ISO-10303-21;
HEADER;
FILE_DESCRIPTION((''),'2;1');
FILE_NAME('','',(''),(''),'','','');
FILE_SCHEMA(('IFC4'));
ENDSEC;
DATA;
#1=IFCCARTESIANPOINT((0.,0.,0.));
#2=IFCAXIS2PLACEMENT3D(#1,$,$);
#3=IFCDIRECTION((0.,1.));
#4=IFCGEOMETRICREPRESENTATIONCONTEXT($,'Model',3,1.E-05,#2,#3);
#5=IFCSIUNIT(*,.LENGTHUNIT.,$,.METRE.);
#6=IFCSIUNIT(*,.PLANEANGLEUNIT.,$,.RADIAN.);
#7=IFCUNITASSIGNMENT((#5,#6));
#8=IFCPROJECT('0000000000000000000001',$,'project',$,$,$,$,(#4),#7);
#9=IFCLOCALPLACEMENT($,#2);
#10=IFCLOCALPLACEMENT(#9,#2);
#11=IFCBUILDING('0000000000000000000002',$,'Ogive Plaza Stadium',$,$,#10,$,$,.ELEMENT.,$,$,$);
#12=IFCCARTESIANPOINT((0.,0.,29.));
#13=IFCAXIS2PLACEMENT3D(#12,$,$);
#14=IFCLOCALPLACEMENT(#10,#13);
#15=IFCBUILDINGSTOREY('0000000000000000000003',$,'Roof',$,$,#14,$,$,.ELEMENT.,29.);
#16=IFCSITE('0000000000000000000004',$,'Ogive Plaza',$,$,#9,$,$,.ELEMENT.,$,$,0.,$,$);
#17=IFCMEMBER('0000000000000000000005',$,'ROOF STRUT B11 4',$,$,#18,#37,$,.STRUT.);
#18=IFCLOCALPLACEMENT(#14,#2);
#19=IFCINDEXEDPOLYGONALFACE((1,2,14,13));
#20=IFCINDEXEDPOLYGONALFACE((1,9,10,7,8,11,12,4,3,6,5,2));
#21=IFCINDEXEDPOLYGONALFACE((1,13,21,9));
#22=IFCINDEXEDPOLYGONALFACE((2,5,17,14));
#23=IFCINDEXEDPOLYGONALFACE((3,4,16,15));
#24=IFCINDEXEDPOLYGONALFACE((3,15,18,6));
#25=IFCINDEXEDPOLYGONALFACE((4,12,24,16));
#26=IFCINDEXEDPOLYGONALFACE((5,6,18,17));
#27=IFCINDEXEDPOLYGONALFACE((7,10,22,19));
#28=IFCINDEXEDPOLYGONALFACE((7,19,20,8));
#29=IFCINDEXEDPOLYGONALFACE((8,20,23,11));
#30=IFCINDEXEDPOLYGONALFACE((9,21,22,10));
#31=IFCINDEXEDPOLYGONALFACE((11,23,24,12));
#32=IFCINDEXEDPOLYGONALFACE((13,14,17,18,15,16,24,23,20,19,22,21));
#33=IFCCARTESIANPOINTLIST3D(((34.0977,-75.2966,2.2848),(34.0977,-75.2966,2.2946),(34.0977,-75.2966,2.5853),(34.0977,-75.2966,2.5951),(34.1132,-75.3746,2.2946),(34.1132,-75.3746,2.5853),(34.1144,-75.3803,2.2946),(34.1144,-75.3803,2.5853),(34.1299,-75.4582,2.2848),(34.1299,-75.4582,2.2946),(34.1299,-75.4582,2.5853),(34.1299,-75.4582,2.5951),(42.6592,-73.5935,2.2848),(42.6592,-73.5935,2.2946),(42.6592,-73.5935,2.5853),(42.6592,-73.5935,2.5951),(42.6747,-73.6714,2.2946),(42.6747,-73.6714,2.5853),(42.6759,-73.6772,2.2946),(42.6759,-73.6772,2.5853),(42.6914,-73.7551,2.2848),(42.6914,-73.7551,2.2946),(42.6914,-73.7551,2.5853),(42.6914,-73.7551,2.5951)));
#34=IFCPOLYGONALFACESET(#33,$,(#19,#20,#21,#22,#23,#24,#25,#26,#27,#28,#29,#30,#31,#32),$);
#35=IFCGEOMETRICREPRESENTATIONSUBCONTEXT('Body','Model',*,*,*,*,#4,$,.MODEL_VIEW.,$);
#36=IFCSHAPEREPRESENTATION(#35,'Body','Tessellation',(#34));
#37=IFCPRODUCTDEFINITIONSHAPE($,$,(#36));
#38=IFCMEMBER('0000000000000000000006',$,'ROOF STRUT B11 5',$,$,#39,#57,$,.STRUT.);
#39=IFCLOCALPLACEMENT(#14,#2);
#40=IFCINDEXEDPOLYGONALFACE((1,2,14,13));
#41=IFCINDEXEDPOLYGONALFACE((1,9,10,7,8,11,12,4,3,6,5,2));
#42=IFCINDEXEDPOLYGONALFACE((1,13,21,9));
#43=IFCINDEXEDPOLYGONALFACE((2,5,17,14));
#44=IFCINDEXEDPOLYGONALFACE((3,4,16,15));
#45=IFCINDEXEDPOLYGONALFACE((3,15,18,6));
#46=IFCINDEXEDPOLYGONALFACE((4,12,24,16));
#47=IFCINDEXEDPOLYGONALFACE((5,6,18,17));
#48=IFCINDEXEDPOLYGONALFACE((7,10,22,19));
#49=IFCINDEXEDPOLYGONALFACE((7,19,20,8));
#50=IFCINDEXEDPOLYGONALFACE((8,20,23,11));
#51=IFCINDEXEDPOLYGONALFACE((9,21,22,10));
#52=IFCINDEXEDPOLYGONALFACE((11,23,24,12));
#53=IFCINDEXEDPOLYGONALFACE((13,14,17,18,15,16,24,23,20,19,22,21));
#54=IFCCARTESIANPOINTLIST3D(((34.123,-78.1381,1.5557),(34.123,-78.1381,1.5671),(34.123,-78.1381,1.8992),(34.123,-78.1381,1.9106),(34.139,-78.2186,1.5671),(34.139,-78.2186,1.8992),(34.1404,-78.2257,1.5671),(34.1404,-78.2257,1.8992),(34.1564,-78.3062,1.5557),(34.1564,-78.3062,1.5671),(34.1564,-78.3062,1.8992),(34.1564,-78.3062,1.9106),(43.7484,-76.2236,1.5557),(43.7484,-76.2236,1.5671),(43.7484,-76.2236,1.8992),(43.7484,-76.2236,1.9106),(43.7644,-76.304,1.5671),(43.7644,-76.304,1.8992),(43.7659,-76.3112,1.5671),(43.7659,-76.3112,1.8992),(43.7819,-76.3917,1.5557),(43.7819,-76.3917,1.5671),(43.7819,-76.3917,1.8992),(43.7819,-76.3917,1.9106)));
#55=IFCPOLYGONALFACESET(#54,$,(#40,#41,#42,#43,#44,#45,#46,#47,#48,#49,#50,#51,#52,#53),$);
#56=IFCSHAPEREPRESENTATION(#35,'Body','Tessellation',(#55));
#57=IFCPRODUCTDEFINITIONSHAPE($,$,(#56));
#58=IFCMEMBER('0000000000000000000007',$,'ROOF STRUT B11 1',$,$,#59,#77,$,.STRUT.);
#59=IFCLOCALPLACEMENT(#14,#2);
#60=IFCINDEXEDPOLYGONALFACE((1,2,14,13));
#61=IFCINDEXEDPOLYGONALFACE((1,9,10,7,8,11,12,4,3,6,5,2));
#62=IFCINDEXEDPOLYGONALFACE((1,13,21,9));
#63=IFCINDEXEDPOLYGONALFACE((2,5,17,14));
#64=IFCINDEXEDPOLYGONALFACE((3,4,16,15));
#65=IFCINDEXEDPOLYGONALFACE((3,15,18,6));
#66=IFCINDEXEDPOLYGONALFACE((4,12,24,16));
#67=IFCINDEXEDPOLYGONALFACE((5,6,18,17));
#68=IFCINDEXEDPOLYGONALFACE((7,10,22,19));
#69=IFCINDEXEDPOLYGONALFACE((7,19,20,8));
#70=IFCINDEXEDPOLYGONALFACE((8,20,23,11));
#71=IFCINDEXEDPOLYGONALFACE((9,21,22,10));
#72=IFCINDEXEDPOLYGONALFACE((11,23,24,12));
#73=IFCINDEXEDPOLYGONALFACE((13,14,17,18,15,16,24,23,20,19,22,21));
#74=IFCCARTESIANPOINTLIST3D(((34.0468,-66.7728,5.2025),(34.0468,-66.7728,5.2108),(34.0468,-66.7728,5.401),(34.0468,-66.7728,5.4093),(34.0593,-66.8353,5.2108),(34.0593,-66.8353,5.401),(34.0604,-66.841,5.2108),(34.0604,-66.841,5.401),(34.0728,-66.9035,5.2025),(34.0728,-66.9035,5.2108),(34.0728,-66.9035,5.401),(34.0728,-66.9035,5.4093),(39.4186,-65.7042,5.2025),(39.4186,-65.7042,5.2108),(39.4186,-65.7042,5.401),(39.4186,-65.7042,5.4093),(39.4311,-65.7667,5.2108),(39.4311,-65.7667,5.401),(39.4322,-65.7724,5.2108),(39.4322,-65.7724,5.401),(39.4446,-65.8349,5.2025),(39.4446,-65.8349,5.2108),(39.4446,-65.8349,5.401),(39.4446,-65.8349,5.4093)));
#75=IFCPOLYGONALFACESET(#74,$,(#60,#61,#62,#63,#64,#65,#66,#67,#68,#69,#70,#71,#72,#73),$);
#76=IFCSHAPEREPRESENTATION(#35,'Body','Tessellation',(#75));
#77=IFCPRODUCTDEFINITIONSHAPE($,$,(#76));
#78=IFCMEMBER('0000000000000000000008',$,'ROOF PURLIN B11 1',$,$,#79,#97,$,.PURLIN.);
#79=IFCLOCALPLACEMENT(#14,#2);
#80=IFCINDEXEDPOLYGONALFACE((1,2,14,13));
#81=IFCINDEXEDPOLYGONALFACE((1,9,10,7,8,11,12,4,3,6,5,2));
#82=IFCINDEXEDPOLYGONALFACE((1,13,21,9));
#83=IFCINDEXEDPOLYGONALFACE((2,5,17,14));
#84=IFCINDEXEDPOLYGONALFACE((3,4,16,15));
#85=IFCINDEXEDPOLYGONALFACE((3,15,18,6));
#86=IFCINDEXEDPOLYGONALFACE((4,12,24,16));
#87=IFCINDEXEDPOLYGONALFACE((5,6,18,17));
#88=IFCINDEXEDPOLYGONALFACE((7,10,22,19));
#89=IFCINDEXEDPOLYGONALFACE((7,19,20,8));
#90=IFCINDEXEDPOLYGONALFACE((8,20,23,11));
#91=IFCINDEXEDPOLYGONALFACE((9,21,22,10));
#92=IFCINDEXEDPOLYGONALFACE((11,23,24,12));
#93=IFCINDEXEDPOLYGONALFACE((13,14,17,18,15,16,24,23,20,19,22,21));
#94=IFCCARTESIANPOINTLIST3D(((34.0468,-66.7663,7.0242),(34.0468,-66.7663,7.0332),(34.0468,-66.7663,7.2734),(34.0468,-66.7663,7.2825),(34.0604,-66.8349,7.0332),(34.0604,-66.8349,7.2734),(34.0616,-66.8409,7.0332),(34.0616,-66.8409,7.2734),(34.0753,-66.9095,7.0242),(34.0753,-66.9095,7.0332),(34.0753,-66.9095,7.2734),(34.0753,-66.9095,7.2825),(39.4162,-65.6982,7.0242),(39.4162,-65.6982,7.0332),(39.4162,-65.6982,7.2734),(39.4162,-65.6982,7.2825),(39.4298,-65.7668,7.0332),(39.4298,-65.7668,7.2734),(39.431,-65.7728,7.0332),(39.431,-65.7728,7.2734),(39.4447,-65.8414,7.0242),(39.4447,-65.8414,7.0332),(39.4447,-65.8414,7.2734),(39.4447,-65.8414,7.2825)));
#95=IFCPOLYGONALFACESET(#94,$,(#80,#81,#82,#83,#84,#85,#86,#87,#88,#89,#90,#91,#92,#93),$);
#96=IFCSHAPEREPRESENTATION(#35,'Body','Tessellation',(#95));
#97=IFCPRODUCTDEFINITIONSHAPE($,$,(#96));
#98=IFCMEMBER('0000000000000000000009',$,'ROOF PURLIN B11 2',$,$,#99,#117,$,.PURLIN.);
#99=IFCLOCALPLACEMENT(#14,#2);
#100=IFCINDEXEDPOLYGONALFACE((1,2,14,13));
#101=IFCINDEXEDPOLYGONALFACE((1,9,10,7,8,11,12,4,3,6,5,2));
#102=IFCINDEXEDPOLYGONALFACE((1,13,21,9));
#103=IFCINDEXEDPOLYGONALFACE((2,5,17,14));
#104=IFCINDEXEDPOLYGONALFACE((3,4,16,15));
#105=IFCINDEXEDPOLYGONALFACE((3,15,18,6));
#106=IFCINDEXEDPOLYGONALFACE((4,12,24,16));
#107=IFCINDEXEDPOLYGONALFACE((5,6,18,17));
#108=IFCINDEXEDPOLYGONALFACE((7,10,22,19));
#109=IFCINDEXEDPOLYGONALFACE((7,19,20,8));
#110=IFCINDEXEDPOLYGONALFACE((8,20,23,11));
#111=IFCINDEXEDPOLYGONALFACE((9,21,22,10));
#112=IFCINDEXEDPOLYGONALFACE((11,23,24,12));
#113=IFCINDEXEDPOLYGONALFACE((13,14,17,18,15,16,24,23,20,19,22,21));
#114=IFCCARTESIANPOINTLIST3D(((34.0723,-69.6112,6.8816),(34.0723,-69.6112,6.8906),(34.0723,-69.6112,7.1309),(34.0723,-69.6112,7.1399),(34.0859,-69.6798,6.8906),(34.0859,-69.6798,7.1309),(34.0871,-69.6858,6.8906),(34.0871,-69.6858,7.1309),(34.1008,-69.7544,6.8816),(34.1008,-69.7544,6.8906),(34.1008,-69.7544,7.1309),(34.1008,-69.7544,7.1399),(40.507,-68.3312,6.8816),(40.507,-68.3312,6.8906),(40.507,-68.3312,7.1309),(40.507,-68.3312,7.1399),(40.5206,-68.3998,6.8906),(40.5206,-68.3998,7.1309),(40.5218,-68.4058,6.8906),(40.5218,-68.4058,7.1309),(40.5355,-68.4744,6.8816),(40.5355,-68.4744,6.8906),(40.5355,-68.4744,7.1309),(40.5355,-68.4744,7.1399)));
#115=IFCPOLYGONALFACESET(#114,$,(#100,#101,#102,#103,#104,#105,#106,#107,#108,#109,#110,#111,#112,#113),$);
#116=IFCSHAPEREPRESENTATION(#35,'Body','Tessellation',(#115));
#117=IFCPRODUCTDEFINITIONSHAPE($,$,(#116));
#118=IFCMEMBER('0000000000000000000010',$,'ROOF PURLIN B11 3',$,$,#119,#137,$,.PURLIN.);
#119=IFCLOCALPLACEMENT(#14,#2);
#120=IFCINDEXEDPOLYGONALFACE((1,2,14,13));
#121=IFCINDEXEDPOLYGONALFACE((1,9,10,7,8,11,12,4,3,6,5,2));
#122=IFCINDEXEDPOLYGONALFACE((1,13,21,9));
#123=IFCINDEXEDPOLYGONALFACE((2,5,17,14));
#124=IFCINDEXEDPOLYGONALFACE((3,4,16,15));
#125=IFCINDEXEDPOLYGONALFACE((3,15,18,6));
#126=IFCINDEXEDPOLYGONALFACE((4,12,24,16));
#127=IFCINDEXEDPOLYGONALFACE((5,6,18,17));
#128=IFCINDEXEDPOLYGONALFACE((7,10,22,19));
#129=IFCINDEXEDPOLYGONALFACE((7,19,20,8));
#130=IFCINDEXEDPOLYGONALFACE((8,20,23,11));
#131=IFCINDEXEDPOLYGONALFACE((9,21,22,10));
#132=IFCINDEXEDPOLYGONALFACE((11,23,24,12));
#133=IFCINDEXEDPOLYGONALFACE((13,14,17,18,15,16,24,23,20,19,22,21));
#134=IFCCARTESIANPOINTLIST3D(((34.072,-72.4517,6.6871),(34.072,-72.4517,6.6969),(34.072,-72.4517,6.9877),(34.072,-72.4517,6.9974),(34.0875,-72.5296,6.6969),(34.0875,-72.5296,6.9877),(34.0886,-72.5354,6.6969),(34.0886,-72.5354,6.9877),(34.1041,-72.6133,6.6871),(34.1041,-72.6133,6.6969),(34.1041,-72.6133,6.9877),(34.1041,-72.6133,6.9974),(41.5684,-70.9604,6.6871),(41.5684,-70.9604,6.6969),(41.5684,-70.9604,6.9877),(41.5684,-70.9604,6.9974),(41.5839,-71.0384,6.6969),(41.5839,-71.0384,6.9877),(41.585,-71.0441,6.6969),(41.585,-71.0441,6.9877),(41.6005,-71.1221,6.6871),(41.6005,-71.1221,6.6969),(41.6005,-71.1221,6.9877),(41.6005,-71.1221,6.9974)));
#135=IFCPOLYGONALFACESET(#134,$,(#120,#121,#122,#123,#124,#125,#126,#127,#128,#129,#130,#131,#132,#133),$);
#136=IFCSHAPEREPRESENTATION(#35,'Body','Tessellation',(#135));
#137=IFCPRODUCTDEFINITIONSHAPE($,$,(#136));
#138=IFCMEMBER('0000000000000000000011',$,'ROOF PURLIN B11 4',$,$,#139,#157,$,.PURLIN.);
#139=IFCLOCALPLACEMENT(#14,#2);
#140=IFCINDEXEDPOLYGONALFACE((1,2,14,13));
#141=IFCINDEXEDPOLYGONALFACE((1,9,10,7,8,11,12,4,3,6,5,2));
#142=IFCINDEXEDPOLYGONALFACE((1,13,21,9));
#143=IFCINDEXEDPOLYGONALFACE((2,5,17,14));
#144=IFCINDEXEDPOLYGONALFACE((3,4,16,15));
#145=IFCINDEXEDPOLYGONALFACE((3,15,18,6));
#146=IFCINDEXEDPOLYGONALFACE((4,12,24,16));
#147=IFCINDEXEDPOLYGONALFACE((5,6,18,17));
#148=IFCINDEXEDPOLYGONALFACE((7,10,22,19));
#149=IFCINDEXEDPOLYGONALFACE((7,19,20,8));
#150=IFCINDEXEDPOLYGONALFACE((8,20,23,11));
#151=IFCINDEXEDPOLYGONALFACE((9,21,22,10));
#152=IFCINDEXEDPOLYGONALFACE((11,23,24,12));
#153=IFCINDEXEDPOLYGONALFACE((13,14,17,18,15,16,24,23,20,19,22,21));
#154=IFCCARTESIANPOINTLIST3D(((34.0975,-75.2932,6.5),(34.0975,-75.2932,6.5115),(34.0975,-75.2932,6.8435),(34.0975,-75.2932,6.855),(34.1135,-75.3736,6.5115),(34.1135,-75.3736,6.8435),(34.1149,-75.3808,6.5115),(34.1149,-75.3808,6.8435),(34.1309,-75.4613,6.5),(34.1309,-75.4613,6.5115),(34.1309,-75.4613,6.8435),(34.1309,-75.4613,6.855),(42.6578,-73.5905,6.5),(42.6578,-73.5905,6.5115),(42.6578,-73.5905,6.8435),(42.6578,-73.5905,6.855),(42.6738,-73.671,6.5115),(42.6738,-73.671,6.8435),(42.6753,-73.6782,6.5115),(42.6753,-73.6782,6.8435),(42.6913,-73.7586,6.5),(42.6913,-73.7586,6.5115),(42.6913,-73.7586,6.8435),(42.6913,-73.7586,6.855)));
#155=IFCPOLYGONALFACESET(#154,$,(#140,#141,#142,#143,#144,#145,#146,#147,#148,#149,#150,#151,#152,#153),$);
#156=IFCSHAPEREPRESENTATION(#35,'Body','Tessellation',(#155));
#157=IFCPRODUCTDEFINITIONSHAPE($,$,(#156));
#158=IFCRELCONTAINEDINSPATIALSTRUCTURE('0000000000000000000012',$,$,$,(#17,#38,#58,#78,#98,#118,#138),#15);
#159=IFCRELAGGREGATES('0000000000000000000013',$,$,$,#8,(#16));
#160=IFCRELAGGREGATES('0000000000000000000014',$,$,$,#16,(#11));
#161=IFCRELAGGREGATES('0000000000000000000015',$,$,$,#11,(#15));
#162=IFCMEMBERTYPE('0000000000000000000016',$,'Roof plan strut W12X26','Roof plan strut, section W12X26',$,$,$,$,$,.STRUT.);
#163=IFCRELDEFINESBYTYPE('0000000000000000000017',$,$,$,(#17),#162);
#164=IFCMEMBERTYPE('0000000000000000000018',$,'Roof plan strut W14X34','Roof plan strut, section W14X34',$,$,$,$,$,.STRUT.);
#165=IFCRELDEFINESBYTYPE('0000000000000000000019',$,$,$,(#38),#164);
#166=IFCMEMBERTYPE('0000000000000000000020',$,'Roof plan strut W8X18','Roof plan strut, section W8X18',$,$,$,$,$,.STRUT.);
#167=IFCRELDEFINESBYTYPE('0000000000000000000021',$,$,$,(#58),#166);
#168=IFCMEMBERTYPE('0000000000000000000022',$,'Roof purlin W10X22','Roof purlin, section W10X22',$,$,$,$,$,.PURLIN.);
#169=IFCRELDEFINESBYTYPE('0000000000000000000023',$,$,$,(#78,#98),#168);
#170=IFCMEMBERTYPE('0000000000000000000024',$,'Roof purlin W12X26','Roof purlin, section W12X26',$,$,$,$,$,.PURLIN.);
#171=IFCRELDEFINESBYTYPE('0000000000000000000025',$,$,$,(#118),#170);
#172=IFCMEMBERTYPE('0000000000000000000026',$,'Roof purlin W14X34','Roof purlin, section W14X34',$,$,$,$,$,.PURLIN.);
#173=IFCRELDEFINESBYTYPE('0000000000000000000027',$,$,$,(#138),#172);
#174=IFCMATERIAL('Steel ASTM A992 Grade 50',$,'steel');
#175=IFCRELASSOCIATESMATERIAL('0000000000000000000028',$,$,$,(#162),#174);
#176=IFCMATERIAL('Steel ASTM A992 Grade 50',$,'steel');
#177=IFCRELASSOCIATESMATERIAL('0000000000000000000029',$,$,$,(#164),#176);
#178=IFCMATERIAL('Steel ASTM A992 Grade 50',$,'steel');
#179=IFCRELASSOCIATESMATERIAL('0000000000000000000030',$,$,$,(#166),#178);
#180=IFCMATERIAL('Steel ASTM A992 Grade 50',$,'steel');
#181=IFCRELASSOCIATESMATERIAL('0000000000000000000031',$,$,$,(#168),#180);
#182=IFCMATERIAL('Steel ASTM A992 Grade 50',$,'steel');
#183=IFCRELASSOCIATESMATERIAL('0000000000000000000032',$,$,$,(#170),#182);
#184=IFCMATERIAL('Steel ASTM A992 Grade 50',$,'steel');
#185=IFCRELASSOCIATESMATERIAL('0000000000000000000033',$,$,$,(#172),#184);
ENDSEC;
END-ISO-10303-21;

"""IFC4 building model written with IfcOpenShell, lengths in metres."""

from ifc_helpers import new_model, si_unit, direction, frame, origin, origin_2d, place, context, subcontext, project, spatial, i_section, extrude, material, material_profile, profile_set, type_object, element, save


model = new_model("IFC4")

# Units and contexts
model_context = context("Model", 3, precision=1e-05, world=origin(), true_north=direction((0.0, 1.0)))
body_context = subcontext(model_context, "Body", "Model", "MODEL_VIEW")
ifc_project = project(units=[si_unit("LENGTHUNIT", "METRE"), si_unit("PLANEANGLEUNIT", "RADIAN")], contexts=[model_context])

# Site, building, storey
site_placement = place(None, origin())
site = spatial("IfcSite", under=ifc_project, at=site_placement, Name="Ogive Plaza", CompositionType="ELEMENT", RefElevation=0.0)
building_placement = place(site_placement, origin())
building = spatial("IfcBuilding", under=site, at=building_placement, Name="Ogive Plaza Stadium", CompositionType="ELEMENT")
storey_placement = place(building_placement, frame((0.0, 0.0, 29.0)))
storey = spatial("IfcBuildingStorey", under=building, at=storey_placement, Name="Roof", CompositionType="ELEMENT", Elevation=29.0)

# Members
ifc_material_1 = material(Name="Steel ASTM A992 Grade 50", Category="steel")
ifc_material_profile_1 = material_profile(ifc_material_1, i_section(OverallWidth=0.1648, OverallDepth=0.3103, WebThickness=0.0059, FlangeThickness=0.0098, at=origin_2d()), Name="W12X26")
ifc_profile_set_1 = profile_set([ifc_material_profile_1], Name="Steel ASTM A992 Grade 50")
member_type_1 = type_object("IfcMemberType", Name="Roof plan strut W12X26", Description="Roof plan strut, section W12X26", PredefinedType="STRUT", material=ifc_profile_set_1)
member_1_placement = place(storey_placement, frame((42.6753, -73.6743, 2.4399), z_axis=(-0.980782, -0.195105, 0.0), x_axis=(0.195105, -0.980782, 0.0)))
element("IfcMember", 1, at=member_1_placement, inside=storey, type_object=member_type_1, Name="ROOF STRUT B11 4", PredefinedType="STRUT", context=body_context, shape_type="SweptSolid", body=[
    extrude(i_section(OverallWidth=0.1648, OverallDepth=0.3103, WebThickness=0.0059, FlangeThickness=0.0098, at=origin_2d()), origin(), (0.0, 0.0, 1.0), 8.7292),
])
ifc_material_2 = material(Name="Steel ASTM A992 Grade 50", Category="steel")
ifc_material_profile_2 = material_profile(ifc_material_2, i_section(OverallWidth=0.1714, OverallDepth=0.355, WebThickness=0.0073, FlangeThickness=0.0115, at=origin_2d()), Name="W14X34")
ifc_profile_set_2 = profile_set([ifc_material_profile_2], Name="Steel ASTM A992 Grade 50")
member_type_2 = type_object("IfcMemberType", Name="Roof plan strut W14X34", Description="Roof plan strut, section W14X34", PredefinedType="STRUT", material=ifc_profile_set_2)
member_2_placement = place(storey_placement, frame((43.7651, -76.3076, 1.7332), z_axis=(-0.980787, -0.195083, 0.0), x_axis=(0.195083, -0.980787, 0.0)))
element("IfcMember", 2, at=member_2_placement, inside=storey, type_object=member_type_2, Name="ROOF STRUT B11 5", PredefinedType="STRUT", context=body_context, shape_type="SweptSolid", body=[
    extrude(i_section(OverallWidth=0.1714, OverallDepth=0.355, WebThickness=0.0073, FlangeThickness=0.0115, at=origin_2d()), origin(), (0.0, 0.0, 1.0), 9.814),
])
ifc_material_3 = material(Name="Steel ASTM A992 Grade 50", Category="steel")
ifc_material_profile_3 = material_profile(ifc_material_3, i_section(OverallWidth=0.1333, OverallDepth=0.2068, WebThickness=0.0059, FlangeThickness=0.0083, at=origin_2d()), Name="W8X18")
ifc_profile_set_3 = profile_set([ifc_material_profile_3], Name="Steel ASTM A992 Grade 50")
member_type_3 = type_object("IfcMemberType", Name="Roof plan strut W8X18", Description="Roof plan strut, section W8X18", PredefinedType="STRUT", material=ifc_profile_set_3)
member_3_placement = place(storey_placement, frame((39.4316, -65.7695, 5.3059), z_axis=(-0.980782, -0.195105, 0.0), x_axis=(0.195105, -0.980782, 0.0)))
element("IfcMember", 3, at=member_3_placement, inside=storey, type_object=member_type_3, Name="ROOF STRUT B11 1", PredefinedType="STRUT", context=body_context, shape_type="SweptSolid", body=[
    extrude(i_section(OverallWidth=0.1333, OverallDepth=0.2068, WebThickness=0.0059, FlangeThickness=0.0083, at=origin_2d()), origin(), (0.0, 0.0, 1.0), 5.4771),
])
ifc_material_4 = material(Name="Steel ASTM A992 Grade 50", Category="steel")
ifc_material_profile_4 = material_profile(ifc_material_4, i_section(OverallWidth=0.146, OverallDepth=0.2583, WebThickness=0.0061, FlangeThickness=0.009, at=origin_2d()), Name="W10X22")
ifc_profile_set_4 = profile_set([ifc_material_profile_4], Name="Steel ASTM A992 Grade 50")
member_type_4 = type_object("IfcMemberType", Name="Roof purlin W10X22", Description="Roof purlin, section W10X22", PredefinedType="PURLIN", material=ifc_profile_set_4)
member_4_placement = place(storey_placement, frame((39.4304, -65.7698, 7.1533), z_axis=(-0.980783, -0.195104, 0.0), x_axis=(0.195104, -0.980783, 0.0)))
element("IfcMember", 4, at=member_4_placement, inside=storey, type_object=member_type_4, Name="ROOF PURLIN B11 1", PredefinedType="PURLIN", context=body_context, shape_type="SweptSolid", body=[
    extrude(i_section(OverallWidth=0.146, OverallDepth=0.2583, WebThickness=0.0061, FlangeThickness=0.009, at=origin_2d()), origin(), (0.0, 0.0, 1.0), 5.4746),
])
member_5_placement = place(storey_placement, frame((40.5212, -68.4028, 7.0107), z_axis=(-0.980783, -0.1951, 0.0), x_axis=(0.1951, -0.980783, 0.0)))
element("IfcMember", 5, at=member_5_placement, inside=storey, type_object=member_type_4, Name="ROOF PURLIN B11 2", PredefinedType="PURLIN", context=body_context, shape_type="SweptSolid", body=[
    extrude(i_section(OverallWidth=0.146, OverallDepth=0.2583, WebThickness=0.0061, FlangeThickness=0.009, at=origin_2d()), origin(), (0.0, 0.0, 1.0), 6.5608),
])
ifc_material_5 = material(Name="Steel ASTM A992 Grade 50", Category="steel")
ifc_material_profile_5 = material_profile(ifc_material_5, i_section(OverallWidth=0.1648, OverallDepth=0.3103, WebThickness=0.0059, FlangeThickness=0.0098, at=origin_2d()), Name="W12X26")
ifc_profile_set_5 = profile_set([ifc_material_profile_5], Name="Steel ASTM A992 Grade 50")
member_type_5 = type_object("IfcMemberType", Name="Roof purlin W12X26", Description="Roof purlin, section W12X26", PredefinedType="PURLIN", material=ifc_profile_set_5)
member_6_placement = place(storey_placement, frame((41.5845, -71.0413, 6.8423), z_axis=(-0.980783, -0.195102, 0.0), x_axis=(0.195102, -0.980783, 0.0)))
element("IfcMember", 6, at=member_6_placement, inside=storey, type_object=member_type_5, Name="ROOF PURLIN B11 3", PredefinedType="PURLIN", context=body_context, shape_type="SweptSolid", body=[
    extrude(i_section(OverallWidth=0.1648, OverallDepth=0.3103, WebThickness=0.0059, FlangeThickness=0.0098, at=origin_2d()), origin(), (0.0, 0.0, 1.0), 7.6433),
])
ifc_material_6 = material(Name="Steel ASTM A992 Grade 50", Category="steel")
ifc_material_profile_6 = material_profile(ifc_material_6, i_section(OverallWidth=0.1714, OverallDepth=0.355, WebThickness=0.0073, FlangeThickness=0.0115, at=origin_2d()), Name="W14X34")
ifc_profile_set_6 = profile_set([ifc_material_profile_6], Name="Steel ASTM A992 Grade 50")
member_type_6 = type_object("IfcMemberType", Name="Roof purlin W14X34", Description="Roof purlin, section W14X34", PredefinedType="PURLIN", material=ifc_profile_set_6)
member_7_placement = place(storey_placement, frame((42.6746, -73.6746, 6.6775), z_axis=(-0.980788, -0.195078, 0.0), x_axis=(0.195078, -0.980788, 0.0)))
element("IfcMember", 7, at=member_7_placement, inside=storey, type_object=member_type_6, Name="ROOF PURLIN B11 4", PredefinedType="PURLIN", context=body_context, shape_type="SweptSolid", body=[
    extrude(i_section(OverallWidth=0.1714, OverallDepth=0.355, WebThickness=0.0073, FlangeThickness=0.0115, at=origin_2d()), origin(), (0.0, 0.0, 1.0), 8.728),
])

save(model, "model.ifc")
